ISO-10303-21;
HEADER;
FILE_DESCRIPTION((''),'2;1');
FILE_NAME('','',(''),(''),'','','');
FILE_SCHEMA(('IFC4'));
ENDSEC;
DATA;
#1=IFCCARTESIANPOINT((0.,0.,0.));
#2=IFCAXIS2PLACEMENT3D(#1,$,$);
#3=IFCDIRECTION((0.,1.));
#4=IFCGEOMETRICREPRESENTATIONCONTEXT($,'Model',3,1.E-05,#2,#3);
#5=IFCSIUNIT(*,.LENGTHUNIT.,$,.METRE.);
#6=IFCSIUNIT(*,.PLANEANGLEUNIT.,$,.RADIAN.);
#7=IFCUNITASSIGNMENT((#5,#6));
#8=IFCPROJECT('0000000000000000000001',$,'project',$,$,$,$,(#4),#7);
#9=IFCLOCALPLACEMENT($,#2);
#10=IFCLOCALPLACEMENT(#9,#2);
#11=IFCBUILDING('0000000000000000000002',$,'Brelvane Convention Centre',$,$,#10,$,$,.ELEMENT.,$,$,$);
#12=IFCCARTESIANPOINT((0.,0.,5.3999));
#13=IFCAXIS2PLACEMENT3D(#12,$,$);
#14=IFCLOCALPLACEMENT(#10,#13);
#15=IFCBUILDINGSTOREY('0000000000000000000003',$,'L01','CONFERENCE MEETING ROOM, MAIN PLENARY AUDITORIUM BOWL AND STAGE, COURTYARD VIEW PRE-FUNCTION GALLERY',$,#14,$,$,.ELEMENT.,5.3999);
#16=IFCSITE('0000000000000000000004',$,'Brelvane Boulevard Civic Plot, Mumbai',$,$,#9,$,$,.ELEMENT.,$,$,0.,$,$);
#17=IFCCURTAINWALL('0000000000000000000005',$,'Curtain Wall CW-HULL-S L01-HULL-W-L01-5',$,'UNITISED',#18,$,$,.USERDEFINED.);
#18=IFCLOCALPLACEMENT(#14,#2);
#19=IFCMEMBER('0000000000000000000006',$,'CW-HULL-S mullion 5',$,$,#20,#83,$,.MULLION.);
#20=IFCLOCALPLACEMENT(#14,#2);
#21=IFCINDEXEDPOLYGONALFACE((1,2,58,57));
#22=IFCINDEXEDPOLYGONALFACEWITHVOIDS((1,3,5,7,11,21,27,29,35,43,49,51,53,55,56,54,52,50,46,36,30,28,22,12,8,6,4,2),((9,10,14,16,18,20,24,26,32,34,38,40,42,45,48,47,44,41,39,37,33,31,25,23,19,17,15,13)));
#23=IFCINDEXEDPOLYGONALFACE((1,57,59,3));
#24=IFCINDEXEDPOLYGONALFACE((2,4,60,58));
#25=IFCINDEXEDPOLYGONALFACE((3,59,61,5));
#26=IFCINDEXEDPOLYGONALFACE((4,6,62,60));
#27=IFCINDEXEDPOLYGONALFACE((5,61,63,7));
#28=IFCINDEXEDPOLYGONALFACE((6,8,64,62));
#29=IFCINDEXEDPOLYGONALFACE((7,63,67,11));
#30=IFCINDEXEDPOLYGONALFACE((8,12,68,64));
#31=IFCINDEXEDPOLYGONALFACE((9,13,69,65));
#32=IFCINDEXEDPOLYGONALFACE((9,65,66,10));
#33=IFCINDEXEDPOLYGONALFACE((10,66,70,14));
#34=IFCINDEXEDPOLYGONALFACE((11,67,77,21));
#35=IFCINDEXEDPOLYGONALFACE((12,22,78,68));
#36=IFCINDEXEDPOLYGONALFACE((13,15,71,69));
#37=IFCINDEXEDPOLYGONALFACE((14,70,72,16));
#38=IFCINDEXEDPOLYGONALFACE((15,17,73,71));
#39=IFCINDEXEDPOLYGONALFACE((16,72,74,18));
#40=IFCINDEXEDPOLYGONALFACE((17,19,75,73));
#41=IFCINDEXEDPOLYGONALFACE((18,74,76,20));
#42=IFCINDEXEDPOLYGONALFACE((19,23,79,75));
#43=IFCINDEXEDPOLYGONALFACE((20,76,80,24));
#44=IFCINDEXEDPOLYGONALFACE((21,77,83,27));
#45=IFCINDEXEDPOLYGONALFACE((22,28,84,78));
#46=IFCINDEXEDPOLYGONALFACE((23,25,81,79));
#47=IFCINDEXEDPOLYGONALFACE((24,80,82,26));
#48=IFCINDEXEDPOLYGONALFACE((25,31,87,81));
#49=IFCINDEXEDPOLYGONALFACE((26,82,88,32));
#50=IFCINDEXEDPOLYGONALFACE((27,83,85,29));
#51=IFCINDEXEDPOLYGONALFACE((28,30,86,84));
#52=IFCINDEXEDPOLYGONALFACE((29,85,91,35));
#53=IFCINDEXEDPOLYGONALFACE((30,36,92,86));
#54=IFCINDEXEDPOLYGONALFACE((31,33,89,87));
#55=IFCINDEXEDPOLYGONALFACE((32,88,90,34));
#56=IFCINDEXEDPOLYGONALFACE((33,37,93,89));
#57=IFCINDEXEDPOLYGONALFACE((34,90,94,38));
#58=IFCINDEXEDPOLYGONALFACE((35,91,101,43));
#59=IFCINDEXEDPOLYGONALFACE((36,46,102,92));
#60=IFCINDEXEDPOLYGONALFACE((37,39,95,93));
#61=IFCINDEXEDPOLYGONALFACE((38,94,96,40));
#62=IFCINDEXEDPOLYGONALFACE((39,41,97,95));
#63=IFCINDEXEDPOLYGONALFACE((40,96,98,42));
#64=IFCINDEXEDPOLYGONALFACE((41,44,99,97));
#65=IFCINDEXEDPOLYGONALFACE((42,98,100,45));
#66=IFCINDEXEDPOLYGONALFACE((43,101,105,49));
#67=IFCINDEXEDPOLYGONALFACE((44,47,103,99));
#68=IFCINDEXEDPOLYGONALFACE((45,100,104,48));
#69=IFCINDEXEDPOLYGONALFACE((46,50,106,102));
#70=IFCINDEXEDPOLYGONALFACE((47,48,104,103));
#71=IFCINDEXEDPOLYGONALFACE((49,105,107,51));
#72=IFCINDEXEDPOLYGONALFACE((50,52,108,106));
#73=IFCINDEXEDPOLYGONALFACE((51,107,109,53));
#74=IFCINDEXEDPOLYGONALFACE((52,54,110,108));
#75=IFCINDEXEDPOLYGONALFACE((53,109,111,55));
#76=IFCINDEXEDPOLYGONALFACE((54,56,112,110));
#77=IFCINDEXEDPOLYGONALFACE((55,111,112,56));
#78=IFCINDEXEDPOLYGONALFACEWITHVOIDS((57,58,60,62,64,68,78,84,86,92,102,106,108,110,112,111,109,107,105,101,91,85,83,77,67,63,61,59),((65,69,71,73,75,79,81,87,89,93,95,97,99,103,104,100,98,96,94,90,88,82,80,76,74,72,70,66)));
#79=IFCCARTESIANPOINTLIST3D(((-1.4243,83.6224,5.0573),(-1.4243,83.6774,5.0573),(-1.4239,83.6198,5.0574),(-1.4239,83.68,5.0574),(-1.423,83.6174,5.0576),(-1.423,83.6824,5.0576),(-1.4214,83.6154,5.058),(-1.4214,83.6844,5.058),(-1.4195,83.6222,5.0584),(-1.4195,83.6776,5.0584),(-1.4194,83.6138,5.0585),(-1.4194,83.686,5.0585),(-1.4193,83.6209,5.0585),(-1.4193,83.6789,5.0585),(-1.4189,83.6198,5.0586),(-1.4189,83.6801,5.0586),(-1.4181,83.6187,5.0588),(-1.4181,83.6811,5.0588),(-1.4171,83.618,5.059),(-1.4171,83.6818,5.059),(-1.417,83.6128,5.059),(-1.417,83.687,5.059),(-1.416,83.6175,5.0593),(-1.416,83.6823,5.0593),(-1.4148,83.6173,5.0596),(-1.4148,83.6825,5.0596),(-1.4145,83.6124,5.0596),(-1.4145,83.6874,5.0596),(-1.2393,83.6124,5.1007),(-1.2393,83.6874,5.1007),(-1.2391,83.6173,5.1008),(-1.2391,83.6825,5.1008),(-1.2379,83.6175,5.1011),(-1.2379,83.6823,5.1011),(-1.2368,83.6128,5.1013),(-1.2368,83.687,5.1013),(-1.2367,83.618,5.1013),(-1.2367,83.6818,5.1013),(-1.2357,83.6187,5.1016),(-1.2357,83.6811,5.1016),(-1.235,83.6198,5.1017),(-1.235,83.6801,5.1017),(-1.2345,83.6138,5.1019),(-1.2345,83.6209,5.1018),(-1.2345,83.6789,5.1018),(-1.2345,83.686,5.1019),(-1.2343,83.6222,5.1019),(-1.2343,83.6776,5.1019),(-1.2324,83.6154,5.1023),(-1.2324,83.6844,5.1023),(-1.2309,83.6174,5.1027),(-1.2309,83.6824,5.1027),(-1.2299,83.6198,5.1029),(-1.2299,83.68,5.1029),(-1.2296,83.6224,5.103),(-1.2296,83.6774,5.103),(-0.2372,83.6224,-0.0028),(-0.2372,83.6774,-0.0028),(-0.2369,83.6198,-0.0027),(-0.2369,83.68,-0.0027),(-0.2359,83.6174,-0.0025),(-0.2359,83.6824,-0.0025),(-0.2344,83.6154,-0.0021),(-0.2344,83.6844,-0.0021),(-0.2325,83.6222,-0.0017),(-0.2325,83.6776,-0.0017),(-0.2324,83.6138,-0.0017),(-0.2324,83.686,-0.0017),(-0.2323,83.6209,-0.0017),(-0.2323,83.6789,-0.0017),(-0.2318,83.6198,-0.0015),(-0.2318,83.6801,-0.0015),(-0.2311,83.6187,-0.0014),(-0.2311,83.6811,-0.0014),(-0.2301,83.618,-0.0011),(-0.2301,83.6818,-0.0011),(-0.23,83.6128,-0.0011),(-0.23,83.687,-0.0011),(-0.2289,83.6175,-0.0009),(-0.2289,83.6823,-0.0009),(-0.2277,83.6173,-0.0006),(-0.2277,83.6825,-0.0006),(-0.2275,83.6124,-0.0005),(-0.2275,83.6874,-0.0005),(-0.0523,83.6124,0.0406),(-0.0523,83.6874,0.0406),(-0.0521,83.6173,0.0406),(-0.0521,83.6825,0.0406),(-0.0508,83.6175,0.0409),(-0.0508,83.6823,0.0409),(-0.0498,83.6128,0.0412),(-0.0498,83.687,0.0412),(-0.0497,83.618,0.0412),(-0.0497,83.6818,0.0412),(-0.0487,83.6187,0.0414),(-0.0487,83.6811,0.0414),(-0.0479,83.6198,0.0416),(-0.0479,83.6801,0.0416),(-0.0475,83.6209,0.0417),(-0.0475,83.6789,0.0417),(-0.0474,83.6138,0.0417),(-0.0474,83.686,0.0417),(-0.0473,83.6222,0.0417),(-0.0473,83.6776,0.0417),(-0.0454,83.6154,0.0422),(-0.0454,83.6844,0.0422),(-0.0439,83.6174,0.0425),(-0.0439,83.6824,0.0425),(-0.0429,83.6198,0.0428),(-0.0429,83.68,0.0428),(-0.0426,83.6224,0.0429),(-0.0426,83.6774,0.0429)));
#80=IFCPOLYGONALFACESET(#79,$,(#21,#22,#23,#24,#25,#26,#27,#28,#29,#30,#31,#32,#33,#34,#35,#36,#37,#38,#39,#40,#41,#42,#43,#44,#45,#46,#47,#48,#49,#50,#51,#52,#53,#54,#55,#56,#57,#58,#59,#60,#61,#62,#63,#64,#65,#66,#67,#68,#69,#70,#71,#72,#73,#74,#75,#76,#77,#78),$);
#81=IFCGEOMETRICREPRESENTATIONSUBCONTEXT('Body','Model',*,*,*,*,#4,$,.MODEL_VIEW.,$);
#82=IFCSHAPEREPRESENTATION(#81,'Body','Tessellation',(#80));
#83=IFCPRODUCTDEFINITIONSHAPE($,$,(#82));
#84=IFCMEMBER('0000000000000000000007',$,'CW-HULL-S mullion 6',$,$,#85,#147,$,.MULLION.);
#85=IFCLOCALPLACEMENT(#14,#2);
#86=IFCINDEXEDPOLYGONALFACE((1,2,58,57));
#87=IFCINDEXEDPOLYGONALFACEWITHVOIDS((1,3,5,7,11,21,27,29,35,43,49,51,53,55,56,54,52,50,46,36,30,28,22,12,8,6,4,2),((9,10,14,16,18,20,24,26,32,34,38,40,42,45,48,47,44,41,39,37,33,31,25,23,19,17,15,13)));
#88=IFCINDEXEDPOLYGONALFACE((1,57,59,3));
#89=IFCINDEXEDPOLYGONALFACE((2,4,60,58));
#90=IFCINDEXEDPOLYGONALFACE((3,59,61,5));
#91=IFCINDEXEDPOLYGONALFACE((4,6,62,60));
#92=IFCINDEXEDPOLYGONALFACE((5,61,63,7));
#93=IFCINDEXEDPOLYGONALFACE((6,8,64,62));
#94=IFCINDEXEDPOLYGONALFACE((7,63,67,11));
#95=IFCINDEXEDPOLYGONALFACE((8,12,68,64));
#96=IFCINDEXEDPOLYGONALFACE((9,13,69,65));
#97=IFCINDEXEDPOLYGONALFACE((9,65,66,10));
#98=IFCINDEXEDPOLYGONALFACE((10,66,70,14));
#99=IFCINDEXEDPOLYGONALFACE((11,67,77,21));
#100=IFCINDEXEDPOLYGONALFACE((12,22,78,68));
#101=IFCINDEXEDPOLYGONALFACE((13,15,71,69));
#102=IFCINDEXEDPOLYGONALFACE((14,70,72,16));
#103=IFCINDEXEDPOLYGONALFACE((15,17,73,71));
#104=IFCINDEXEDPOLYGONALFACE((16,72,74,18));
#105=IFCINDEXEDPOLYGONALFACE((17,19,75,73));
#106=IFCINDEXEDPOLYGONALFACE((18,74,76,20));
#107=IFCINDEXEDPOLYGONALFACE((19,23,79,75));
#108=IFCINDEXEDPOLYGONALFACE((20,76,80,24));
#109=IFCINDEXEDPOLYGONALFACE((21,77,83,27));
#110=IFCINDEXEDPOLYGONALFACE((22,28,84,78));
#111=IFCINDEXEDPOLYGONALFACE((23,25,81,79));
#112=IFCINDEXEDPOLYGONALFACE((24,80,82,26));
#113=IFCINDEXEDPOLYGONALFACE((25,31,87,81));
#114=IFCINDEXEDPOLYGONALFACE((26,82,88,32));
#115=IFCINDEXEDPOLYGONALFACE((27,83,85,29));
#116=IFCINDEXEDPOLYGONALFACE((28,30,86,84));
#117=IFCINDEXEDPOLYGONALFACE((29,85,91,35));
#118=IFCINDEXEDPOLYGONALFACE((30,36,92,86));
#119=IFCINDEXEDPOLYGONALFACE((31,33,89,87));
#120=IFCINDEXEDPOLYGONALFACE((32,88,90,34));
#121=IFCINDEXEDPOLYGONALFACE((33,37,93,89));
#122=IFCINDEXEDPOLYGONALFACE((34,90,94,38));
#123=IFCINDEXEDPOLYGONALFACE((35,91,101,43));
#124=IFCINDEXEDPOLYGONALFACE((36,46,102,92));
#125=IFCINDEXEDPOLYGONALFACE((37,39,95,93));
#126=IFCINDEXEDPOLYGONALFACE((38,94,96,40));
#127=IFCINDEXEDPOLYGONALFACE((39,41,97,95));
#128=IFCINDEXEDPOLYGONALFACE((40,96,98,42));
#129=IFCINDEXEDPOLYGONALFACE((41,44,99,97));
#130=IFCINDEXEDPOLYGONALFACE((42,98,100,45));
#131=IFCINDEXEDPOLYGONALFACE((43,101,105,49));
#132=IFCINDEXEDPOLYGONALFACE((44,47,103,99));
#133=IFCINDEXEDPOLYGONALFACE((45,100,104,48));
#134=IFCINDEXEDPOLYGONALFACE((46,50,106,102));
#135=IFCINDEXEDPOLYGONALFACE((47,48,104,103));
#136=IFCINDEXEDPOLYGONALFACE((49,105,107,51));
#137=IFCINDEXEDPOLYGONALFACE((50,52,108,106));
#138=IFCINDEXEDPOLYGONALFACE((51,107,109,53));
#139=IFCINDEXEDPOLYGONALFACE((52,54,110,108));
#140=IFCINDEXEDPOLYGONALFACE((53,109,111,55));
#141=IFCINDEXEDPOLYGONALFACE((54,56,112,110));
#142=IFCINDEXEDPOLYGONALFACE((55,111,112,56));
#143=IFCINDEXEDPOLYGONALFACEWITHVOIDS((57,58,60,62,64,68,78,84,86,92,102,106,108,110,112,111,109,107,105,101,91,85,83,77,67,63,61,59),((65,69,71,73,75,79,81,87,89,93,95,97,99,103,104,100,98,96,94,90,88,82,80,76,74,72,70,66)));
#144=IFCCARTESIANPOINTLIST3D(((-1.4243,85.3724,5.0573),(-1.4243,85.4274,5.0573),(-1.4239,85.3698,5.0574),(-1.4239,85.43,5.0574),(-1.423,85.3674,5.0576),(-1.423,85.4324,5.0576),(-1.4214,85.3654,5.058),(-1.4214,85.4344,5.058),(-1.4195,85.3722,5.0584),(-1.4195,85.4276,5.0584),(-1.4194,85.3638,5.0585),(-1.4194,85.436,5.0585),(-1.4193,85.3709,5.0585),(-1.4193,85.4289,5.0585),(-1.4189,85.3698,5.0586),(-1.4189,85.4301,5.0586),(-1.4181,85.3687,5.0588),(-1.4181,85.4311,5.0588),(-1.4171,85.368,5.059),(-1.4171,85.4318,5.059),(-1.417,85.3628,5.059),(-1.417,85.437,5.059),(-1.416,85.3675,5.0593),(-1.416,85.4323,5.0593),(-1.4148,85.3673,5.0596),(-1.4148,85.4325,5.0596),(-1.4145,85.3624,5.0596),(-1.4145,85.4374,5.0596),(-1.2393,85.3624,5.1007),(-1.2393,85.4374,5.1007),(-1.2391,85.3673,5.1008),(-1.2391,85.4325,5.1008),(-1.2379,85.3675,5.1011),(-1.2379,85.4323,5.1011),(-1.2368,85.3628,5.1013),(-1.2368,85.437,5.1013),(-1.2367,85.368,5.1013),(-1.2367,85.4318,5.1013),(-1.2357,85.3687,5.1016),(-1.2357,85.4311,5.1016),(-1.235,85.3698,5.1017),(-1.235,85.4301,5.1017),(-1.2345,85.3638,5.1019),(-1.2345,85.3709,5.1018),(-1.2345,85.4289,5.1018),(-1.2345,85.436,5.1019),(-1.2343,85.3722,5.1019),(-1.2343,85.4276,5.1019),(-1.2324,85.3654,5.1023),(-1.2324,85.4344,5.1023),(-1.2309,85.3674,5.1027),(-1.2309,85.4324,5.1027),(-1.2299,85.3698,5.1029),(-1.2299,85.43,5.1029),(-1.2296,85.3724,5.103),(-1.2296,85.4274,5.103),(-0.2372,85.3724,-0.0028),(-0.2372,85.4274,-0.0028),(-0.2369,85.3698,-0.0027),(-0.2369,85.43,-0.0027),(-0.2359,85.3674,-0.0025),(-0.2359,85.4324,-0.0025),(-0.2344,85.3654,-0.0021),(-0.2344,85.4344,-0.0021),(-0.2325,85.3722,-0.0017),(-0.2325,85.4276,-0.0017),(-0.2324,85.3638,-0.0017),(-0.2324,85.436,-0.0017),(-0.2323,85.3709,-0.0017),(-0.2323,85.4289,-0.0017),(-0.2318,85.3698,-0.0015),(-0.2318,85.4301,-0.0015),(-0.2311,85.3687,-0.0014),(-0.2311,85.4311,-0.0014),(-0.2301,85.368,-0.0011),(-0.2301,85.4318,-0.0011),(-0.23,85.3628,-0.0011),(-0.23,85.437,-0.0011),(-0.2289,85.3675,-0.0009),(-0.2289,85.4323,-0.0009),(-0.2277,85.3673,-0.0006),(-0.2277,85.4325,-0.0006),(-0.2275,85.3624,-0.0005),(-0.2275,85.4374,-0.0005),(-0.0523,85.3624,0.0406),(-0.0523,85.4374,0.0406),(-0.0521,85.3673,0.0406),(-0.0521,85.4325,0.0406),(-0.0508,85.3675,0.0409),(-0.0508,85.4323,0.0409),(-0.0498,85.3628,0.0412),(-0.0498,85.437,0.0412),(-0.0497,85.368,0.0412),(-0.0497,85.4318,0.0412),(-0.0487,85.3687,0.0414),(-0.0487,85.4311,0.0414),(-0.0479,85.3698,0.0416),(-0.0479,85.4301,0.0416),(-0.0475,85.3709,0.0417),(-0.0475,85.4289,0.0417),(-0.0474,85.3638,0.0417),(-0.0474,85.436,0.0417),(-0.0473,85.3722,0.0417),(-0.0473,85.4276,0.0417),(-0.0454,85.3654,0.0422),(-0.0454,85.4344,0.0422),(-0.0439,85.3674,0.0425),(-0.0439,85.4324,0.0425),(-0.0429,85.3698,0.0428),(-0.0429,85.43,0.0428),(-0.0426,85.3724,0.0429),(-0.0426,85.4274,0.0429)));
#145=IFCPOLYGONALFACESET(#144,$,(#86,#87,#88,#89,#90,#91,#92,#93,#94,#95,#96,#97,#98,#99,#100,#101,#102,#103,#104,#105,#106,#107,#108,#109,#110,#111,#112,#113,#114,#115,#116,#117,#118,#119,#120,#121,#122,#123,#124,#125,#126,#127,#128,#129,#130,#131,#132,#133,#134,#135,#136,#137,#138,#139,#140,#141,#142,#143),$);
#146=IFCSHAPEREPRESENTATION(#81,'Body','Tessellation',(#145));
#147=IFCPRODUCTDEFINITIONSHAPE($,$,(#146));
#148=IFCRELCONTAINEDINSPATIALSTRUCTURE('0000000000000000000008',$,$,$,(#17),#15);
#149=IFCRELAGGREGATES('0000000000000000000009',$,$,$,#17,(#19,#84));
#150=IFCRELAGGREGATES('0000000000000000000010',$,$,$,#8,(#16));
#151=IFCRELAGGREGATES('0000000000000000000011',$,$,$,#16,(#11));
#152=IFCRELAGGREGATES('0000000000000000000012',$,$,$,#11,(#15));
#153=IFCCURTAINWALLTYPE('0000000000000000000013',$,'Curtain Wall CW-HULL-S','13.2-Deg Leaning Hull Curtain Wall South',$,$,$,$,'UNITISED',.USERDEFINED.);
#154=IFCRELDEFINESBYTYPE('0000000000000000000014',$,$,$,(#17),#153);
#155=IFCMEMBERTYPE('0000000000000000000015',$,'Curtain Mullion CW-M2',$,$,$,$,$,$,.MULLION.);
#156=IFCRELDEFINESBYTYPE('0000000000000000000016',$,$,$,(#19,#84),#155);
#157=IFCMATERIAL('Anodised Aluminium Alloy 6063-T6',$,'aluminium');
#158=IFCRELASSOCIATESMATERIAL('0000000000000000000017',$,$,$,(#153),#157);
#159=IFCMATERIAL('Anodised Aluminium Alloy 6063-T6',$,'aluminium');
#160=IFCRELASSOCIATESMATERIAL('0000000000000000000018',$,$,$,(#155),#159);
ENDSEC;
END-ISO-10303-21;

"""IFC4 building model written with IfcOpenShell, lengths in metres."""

from ifc_helpers import new_model, si_unit, direction, frame, origin, origin_2d, place, context, subcontext, project, spatial, hollow_rectangle, extrude, material, material_profile, profile_set, type_object, element, aggregate, save


model = new_model("IFC4")

# Units and contexts
model_context = context("Model", 3, precision=1e-05, world=origin(), true_north=direction((0.0, 1.0)))
body_context = subcontext(model_context, "Body", "Model", "MODEL_VIEW")
ifc_project = project(units=[si_unit("LENGTHUNIT", "METRE"), si_unit("PLANEANGLEUNIT", "RADIAN")], contexts=[model_context])

# Site, building, storey
site_placement = place(None, origin())
site = spatial("IfcSite", under=ifc_project, at=site_placement, Name="Brelvane Boulevard Civic Plot, Mumbai", CompositionType="ELEMENT", RefElevation=0.0)
building_placement = place(site_placement, origin())
building = spatial("IfcBuilding", under=site, at=building_placement, Name="Brelvane Convention Centre", CompositionType="ELEMENT")
storey_placement = place(building_placement, frame((0.0, 0.0, 5.3999)))
storey = spatial("IfcBuildingStorey", under=building, at=storey_placement, Name="L01", Description="CONFERENCE MEETING ROOM, MAIN PLENARY AUDITORIUM BOWL AND STAGE, COURTYARD VIEW PRE-FUNCTION GALLERY", CompositionType="ELEMENT", Elevation=5.3999)

# Curtain wall, members
ifc_material_1 = material(Name="Anodised Aluminium Alloy 6063-T6", Category="aluminium")
curtain_wall_type = type_object("IfcCurtainWallType", Name="Curtain Wall CW-HULL-S", Description="13.2-Deg Leaning Hull Curtain Wall South", ElementType="UNITISED", PredefinedType="USERDEFINED", material=ifc_material_1)
curtain_wall_placement = place(storey_placement, origin())
curtain_wall = element("IfcCurtainWall", 1, at=curtain_wall_placement, inside=storey, type_object=curtain_wall_type, Name="Curtain Wall CW-HULL-S L01-HULL-W-L01-5", ObjectType="UNITISED", PredefinedType="USERDEFINED")
ifc_material_2 = material(Name="Anodised Aluminium Alloy 6063-T6", Category="aluminium")
ifc_material_profile_1 = material_profile(ifc_material_2, hollow_rectangle(XDim=0.075, YDim=0.2, WallThickness=0.0049, InnerFilletRadius=0.0049, OuterFilletRadius=0.01, at=origin_2d()), Name="ALU-M 200x75x5.0")
ifc_profile_set_1 = profile_set([ifc_material_profile_1], Name="Anodised Aluminium Alloy 6063-T6")
member_type_1 = type_object("IfcMemberType", Name="Curtain Mullion CW-M2", PredefinedType="MULLION", material=ifc_profile_set_1)
member_1_placement = place(storey_placement, frame((-0.1399, 83.6499, 0.02), z_axis=(-0.228385, 0.0, 0.973571), x_axis=(0.0, -1.0, 0.0)))
member_1 = element("IfcMember", 2, at=member_1_placement, type_object=member_type_1, Name="CW-HULL-S mullion 5", PredefinedType="MULLION", context=body_context, shape_type="SweptSolid", body=[
    extrude(hollow_rectangle(XDim=0.075, YDim=0.2, WallThickness=0.0049, InnerFilletRadius=0.0049, OuterFilletRadius=0.01, at=origin_2d()), origin(), (0.0, 0.0, 1.0), 5.1975),
])
member_2_placement = place(storey_placement, frame((-0.1399, 85.3999, 0.02), z_axis=(-0.228385, 0.0, 0.973571), x_axis=(0.0, -1.0, 0.0)))
member_2 = element("IfcMember", 3, at=member_2_placement, type_object=member_type_1, Name="CW-HULL-S mullion 6", PredefinedType="MULLION", context=body_context, shape_type="SweptSolid", body=[
    extrude(hollow_rectangle(XDim=0.075, YDim=0.2, WallThickness=0.0049, InnerFilletRadius=0.0049, OuterFilletRadius=0.01, at=origin_2d()), origin(), (0.0, 0.0, 1.0), 5.1975),
])
aggregate(curtain_wall, [member_1, member_2])

save(model, "model.ifc")
